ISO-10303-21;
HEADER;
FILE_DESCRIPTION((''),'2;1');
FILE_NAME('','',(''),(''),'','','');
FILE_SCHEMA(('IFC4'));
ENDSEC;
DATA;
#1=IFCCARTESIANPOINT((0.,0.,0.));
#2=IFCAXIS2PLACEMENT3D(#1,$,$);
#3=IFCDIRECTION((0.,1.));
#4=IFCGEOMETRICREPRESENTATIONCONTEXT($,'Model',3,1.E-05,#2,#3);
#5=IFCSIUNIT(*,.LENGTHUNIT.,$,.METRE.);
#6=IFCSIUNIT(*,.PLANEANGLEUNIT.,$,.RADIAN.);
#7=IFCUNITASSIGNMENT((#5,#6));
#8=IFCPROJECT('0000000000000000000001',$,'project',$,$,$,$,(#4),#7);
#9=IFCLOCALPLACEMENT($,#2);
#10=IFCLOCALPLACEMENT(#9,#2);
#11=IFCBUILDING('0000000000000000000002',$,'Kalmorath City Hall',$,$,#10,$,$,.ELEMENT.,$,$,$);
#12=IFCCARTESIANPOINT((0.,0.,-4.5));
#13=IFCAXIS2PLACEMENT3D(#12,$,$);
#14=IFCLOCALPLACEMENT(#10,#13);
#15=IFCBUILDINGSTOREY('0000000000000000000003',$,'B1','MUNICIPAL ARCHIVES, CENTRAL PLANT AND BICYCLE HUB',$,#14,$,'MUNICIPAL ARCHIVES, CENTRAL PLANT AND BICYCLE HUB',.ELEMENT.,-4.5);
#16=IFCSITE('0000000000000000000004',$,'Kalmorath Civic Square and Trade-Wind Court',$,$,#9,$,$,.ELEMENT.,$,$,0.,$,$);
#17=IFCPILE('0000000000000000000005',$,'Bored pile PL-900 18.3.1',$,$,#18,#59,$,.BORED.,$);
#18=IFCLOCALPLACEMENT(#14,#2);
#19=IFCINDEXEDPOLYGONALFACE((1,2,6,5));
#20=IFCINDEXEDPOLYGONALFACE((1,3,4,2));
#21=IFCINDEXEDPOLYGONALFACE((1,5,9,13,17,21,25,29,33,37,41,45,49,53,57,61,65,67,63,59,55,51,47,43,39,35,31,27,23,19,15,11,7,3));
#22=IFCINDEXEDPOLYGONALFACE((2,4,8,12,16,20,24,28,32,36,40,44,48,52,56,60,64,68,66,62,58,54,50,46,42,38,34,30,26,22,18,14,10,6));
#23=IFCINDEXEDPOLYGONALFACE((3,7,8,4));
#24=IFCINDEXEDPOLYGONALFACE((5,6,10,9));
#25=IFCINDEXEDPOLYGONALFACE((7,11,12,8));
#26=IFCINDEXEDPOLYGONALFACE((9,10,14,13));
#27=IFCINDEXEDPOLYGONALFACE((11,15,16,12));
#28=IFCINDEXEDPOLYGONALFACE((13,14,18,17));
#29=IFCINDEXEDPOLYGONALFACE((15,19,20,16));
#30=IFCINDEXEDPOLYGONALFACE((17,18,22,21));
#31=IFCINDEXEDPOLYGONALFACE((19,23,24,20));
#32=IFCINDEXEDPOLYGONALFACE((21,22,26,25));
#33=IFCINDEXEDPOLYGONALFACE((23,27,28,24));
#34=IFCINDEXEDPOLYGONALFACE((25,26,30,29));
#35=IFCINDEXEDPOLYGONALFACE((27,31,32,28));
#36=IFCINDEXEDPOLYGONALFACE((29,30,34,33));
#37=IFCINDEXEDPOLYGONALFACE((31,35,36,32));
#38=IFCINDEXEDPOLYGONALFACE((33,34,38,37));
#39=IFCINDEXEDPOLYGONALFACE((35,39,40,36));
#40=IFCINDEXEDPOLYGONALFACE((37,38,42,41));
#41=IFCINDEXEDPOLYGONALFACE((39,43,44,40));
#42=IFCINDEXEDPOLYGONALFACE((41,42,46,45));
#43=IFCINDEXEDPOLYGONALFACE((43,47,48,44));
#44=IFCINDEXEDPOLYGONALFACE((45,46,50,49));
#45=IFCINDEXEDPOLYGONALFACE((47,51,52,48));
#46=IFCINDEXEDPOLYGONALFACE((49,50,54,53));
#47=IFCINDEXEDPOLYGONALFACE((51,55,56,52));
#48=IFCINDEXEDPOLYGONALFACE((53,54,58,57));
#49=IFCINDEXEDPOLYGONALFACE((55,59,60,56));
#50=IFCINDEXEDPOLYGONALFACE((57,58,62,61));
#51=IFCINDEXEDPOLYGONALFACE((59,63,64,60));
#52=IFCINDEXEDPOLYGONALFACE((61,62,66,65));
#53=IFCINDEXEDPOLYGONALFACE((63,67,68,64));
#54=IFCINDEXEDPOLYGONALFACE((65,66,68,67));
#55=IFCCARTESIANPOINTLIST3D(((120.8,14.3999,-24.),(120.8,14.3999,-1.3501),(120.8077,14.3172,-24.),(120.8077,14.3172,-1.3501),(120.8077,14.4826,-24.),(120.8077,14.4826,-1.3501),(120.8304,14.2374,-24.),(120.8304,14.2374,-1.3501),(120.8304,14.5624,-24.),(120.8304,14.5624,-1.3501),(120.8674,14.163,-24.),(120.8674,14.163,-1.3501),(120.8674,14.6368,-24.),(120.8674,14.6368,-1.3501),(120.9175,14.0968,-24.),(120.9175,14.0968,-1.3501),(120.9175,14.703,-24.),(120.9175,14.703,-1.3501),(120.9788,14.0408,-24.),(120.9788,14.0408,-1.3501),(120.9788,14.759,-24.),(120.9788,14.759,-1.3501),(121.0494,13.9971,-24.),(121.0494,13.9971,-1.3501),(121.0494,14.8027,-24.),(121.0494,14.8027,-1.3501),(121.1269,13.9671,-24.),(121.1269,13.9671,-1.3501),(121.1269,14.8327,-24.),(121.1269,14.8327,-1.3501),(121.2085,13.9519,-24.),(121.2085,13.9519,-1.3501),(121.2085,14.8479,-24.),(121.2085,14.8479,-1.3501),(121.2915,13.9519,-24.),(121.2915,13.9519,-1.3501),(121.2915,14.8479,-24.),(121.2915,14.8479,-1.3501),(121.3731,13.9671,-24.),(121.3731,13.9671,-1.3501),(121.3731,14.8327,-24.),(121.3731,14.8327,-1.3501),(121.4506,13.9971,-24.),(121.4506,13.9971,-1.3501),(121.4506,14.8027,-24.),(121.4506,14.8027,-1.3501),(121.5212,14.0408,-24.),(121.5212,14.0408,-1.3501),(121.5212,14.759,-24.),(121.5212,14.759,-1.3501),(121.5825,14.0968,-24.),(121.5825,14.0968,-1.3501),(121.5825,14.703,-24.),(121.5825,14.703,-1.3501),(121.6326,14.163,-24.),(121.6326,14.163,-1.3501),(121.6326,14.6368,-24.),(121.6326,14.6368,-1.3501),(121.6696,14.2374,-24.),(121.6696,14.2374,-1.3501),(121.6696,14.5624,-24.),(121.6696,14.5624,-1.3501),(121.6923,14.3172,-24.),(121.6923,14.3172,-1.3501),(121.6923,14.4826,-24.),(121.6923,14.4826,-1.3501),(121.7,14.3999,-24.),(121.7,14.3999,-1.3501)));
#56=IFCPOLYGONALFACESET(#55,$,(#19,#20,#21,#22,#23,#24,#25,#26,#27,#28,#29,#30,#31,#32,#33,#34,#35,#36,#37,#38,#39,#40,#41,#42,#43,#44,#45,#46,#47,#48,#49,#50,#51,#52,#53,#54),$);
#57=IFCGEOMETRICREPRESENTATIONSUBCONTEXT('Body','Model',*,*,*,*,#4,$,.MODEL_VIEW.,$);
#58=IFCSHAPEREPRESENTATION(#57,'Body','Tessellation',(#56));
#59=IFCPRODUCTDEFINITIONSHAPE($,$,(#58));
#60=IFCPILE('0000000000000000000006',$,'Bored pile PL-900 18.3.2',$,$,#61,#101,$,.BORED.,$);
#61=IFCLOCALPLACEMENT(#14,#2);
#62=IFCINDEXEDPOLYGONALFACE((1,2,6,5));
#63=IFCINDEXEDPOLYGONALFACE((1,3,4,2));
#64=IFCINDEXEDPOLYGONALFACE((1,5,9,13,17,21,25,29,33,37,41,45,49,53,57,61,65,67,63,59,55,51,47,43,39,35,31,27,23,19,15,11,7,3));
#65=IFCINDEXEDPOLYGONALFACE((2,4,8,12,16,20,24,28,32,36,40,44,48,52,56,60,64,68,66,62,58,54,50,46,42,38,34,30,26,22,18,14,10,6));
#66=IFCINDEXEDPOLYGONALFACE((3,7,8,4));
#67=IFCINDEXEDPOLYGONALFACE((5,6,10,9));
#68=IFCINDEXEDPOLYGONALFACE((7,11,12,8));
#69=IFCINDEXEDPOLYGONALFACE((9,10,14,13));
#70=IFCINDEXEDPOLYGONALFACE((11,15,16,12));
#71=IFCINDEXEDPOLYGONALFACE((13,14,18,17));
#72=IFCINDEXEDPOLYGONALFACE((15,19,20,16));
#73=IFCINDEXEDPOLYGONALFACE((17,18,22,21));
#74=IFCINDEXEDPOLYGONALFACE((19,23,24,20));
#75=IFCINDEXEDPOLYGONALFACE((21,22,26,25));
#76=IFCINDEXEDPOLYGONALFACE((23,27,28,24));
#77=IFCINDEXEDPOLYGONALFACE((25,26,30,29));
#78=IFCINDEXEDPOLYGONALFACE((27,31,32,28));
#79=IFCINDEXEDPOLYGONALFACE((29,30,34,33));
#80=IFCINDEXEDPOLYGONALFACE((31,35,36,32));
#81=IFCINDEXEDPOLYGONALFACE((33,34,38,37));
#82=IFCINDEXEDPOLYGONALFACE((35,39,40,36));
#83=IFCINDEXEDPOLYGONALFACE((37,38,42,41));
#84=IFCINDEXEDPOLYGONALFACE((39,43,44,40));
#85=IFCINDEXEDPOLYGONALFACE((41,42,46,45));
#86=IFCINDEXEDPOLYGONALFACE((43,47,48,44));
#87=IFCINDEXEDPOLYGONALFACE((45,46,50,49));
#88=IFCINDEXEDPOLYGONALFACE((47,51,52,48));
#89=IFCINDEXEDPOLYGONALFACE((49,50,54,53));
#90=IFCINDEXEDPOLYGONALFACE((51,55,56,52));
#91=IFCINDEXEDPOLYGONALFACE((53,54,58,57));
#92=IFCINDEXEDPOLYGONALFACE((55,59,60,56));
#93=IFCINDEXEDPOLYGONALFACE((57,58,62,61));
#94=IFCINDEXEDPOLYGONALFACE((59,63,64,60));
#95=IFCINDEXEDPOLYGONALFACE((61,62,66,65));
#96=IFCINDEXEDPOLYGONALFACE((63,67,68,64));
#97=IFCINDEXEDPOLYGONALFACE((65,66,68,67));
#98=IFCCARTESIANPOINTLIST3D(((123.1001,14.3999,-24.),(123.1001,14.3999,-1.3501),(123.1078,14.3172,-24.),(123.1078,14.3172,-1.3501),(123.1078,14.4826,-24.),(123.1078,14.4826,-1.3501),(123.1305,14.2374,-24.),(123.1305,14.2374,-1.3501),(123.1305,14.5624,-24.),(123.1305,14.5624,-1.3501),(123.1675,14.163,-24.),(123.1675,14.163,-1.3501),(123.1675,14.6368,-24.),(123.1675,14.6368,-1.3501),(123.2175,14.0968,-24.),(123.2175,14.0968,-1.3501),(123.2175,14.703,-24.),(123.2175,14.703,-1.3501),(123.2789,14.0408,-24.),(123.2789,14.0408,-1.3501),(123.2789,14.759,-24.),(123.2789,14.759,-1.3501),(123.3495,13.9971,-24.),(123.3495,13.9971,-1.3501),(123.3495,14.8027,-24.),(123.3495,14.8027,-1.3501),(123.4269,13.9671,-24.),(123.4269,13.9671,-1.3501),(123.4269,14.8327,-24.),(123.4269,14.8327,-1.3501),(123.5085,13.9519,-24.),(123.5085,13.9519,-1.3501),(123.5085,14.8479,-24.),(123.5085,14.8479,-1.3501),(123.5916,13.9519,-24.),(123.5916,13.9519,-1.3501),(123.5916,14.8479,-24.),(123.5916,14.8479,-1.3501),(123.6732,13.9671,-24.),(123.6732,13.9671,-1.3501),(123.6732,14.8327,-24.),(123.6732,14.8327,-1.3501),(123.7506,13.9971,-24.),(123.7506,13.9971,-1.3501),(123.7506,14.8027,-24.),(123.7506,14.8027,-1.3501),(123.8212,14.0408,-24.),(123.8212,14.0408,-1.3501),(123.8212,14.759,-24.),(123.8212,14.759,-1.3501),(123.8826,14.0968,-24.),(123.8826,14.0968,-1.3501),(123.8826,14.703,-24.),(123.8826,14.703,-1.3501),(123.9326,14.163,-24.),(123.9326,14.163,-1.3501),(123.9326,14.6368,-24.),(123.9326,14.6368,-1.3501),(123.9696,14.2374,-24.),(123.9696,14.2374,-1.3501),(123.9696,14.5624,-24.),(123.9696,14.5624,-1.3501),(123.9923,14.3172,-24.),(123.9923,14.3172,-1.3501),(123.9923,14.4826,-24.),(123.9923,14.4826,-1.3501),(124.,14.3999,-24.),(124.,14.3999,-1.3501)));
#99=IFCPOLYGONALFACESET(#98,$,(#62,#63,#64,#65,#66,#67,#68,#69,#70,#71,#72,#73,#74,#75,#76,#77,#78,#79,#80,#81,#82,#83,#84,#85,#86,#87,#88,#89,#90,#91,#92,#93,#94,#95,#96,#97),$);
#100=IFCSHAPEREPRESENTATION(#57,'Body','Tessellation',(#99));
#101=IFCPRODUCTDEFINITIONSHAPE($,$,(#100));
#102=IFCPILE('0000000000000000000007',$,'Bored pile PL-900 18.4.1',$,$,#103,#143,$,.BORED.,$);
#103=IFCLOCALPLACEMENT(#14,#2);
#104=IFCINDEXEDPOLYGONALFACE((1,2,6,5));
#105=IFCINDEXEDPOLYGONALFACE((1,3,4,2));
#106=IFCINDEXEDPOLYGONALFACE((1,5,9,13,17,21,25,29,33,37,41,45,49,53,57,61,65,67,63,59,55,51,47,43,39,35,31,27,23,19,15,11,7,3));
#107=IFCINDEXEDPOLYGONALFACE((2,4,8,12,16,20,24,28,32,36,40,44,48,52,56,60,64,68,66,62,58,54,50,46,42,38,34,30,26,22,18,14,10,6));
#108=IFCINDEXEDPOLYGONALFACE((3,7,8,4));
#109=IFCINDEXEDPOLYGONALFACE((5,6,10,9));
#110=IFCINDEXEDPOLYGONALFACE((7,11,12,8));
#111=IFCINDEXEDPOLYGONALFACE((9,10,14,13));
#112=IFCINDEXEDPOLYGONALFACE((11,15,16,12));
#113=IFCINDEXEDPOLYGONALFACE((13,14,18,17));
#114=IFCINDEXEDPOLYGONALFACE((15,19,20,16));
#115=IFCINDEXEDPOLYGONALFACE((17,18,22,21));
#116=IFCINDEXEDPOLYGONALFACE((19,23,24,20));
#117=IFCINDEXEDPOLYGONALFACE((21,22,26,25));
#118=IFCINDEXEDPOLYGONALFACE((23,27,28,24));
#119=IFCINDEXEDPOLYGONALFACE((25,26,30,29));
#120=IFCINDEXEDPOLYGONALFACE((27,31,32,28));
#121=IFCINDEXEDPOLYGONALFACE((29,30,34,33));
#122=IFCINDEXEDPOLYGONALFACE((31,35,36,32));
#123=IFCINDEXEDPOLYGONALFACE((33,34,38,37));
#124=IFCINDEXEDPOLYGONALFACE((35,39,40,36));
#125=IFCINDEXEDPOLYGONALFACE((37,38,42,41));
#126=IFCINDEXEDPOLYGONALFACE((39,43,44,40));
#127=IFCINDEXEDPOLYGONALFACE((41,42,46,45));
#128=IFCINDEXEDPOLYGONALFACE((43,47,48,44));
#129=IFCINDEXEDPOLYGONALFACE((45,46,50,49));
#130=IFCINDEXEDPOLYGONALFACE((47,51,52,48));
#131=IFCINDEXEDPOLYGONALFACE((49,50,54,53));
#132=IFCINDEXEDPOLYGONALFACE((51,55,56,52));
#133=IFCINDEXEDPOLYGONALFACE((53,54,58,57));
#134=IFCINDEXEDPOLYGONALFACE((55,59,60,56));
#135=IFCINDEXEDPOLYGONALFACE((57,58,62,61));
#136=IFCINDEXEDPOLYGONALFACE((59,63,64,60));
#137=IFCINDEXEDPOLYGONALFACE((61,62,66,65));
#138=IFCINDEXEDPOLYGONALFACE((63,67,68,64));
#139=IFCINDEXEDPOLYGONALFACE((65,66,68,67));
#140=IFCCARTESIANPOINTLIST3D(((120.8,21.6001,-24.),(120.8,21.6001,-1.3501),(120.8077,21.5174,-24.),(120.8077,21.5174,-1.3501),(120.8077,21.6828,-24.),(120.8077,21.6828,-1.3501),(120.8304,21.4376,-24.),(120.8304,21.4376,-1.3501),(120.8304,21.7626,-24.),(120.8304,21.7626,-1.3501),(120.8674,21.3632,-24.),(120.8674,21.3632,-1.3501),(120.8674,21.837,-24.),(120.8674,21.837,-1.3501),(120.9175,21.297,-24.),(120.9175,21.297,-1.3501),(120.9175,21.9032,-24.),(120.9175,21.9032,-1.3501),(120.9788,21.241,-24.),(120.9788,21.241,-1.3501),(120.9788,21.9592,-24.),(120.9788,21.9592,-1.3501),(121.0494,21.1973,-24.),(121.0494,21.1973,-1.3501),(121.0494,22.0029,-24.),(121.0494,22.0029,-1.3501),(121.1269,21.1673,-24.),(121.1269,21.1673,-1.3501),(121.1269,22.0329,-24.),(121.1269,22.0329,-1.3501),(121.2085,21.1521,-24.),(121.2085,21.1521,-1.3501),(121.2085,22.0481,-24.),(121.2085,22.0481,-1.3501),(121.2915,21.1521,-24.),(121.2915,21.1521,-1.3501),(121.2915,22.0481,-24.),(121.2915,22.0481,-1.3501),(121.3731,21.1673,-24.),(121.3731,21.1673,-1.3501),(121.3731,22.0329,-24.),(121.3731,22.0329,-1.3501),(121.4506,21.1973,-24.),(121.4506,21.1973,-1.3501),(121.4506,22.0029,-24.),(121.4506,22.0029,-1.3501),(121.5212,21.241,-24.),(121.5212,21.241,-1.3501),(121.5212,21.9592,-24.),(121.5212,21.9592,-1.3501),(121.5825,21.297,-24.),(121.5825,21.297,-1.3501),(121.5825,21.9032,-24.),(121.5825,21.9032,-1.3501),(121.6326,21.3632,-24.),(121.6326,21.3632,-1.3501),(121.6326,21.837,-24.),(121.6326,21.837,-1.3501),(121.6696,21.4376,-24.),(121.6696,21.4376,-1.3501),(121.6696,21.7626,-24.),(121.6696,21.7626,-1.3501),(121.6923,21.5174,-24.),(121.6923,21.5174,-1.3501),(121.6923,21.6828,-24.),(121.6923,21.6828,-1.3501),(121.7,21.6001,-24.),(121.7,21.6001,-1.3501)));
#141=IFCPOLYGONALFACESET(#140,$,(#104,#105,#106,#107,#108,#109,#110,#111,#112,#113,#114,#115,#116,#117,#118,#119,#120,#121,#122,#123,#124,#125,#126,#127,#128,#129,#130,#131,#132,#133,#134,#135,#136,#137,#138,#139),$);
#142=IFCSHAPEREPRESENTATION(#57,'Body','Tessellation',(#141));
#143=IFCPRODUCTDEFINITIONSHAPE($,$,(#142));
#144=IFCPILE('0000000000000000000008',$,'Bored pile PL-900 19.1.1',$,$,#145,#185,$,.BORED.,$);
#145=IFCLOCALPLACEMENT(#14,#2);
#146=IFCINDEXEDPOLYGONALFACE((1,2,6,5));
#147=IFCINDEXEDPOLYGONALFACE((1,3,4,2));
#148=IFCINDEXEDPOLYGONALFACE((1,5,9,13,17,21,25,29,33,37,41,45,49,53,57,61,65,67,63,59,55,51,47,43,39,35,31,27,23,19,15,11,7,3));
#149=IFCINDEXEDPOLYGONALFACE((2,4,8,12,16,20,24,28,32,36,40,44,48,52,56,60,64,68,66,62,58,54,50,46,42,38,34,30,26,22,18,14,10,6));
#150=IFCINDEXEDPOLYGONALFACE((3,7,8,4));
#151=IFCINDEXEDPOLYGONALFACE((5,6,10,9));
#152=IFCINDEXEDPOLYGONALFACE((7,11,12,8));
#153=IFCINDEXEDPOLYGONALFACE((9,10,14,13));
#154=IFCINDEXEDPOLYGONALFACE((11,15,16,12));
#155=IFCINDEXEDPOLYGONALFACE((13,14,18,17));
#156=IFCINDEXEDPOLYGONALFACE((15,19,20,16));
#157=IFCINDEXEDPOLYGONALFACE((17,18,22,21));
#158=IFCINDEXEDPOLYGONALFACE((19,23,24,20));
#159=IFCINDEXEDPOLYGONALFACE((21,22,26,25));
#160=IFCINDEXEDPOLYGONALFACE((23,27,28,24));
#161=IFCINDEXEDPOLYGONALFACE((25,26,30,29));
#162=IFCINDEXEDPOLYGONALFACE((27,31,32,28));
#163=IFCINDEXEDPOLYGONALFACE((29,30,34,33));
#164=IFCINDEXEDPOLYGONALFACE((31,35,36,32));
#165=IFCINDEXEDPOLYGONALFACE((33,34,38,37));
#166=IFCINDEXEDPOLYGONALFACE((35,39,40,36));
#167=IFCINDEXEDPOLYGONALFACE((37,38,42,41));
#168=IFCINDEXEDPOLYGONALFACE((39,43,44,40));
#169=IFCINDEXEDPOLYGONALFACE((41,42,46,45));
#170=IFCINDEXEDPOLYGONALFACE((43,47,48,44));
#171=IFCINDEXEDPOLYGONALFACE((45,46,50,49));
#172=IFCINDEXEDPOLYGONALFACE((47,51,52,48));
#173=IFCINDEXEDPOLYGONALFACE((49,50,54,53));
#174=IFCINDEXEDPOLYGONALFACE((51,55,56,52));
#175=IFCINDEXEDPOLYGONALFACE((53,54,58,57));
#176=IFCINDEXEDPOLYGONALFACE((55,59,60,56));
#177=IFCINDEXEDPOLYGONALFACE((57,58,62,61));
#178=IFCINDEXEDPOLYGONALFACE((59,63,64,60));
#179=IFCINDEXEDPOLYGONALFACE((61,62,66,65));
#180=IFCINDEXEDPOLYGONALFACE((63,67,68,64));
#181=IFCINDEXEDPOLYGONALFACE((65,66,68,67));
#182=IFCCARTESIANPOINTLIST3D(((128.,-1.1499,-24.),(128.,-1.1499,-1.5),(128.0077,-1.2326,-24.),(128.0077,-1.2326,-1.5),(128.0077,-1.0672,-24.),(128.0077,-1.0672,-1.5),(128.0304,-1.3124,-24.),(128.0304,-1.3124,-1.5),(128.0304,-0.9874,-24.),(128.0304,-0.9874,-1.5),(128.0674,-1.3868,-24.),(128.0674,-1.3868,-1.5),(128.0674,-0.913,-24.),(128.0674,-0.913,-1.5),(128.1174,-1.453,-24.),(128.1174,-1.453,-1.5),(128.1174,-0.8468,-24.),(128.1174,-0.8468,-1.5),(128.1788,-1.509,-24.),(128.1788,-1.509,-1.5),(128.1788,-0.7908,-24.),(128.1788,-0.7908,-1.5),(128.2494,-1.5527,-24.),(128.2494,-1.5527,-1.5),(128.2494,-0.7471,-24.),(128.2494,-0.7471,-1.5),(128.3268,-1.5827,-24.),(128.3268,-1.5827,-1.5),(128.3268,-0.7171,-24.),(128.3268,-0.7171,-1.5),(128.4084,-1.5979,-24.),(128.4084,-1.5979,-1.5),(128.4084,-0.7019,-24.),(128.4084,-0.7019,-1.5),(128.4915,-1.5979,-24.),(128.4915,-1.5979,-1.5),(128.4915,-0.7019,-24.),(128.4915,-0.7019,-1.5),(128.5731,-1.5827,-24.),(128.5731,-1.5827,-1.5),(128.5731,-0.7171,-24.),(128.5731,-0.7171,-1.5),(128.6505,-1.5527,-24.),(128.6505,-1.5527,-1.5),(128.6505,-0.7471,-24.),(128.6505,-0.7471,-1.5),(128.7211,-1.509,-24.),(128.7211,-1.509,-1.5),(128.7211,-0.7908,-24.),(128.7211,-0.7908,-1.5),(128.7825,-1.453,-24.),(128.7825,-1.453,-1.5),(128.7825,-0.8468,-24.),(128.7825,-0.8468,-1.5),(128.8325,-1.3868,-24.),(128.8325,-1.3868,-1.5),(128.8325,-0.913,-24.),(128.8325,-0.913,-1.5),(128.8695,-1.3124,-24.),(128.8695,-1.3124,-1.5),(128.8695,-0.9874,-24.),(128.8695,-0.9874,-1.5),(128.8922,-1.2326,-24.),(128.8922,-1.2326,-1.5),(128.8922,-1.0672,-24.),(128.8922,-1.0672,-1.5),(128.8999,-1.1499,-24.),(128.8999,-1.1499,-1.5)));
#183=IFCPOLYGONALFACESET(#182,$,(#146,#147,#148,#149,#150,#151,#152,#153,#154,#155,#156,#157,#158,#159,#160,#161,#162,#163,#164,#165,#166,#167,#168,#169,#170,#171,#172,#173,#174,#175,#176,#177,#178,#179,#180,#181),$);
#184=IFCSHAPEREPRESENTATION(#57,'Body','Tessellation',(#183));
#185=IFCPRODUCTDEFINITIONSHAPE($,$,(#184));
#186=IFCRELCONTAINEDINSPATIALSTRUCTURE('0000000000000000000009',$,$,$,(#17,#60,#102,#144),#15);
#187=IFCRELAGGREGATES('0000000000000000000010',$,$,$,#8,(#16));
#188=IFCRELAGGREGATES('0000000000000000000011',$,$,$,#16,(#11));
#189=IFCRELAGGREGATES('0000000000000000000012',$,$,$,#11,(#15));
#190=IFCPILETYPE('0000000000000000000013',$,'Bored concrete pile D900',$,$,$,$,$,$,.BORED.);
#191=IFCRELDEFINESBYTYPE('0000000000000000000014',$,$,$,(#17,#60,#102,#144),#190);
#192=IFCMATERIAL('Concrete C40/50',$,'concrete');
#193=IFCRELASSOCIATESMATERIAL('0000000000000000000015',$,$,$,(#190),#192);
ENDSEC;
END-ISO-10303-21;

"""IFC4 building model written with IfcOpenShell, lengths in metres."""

from ifc_helpers import new_model, si_unit, direction, frame, origin, origin_2d, place, context, subcontext, project, spatial, circle, extrude, material, material_profile, profile_set, type_object, element, save


model = new_model("IFC4")

# Units and contexts
model_context = context("Model", 3, precision=1e-05, world=origin(), true_north=direction((0.0, 1.0)))
body_context = subcontext(model_context, "Body", "Model", "MODEL_VIEW")
ifc_project = project(units=[si_unit("LENGTHUNIT", "METRE"), si_unit("PLANEANGLEUNIT", "RADIAN")], contexts=[model_context])

# Site, building, storey
site_placement = place(None, origin())
site = spatial("IfcSite", under=ifc_project, at=site_placement, Name="Kalmorath Civic Square and Trade-Wind Court", CompositionType="ELEMENT", RefElevation=0.0)
building_placement = place(site_placement, origin())
building = spatial("IfcBuilding", under=site, at=building_placement, Name="Kalmorath City Hall", CompositionType="ELEMENT")
storey_placement = place(building_placement, frame((0.0, 0.0, -4.5)))
storey = spatial("IfcBuildingStorey", under=building, at=storey_placement, Name="B1", Description="MUNICIPAL ARCHIVES, CENTRAL PLANT AND BICYCLE HUB", LongName="MUNICIPAL ARCHIVES, CENTRAL PLANT AND BICYCLE HUB", CompositionType="ELEMENT", Elevation=-4.5)

# Piles
ifc_material_1 = material(Name="Concrete C40/50", Category="concrete")
ifc_material_profile_1 = material_profile(ifc_material_1, circle(Radius=0.45, at=origin_2d()), Name="PILE-D900")
ifc_profile_set_1 = profile_set([ifc_material_profile_1], Name="Concrete C40/50")
pile_type_1 = type_object("IfcPileType", Name="Bored concrete pile D900", PredefinedType="BORED", material=ifc_profile_set_1)
for number, where, z_axis, x_axis, name in (
    (1, (121.25, 14.3999, -1.3501), (0.0, 0.0, -1.0), (1.0, 0.0, 0.0), "Bored pile PL-900 18.3.1"),
    (2, (123.55, 14.3999, -1.3501), (0.0, 0.0, -1.0), (1.0, 0.0, 0.0), "Bored pile PL-900 18.3.2"),
    (3, (121.25, 21.6001, -1.3501), (0.0, 0.0, -1.0), (1.0, 0.0, 0.0), "Bored pile PL-900 18.4.1"),
):
    element("IfcPile", number, at=place(storey_placement, frame(where, z_axis=z_axis, x_axis=x_axis)), inside=storey, type_object=pile_type_1, Name=name, PredefinedType="BORED", context=body_context, shape_type="SweptSolid", body=[
        extrude(circle(Radius=0.45, at=origin_2d()), origin(), (0.0, 0.0, 1.0), 22.6499),
    ])
for number, where, z_axis, x_axis, name in (
    (4, (128.45, -1.1499, -1.5), (0.0, 0.0, -1.0), (1.0, 0.0, 0.0), "Bored pile PL-900 19.1.1"),
):
    element("IfcPile", number, at=place(storey_placement, frame(where, z_axis=z_axis, x_axis=x_axis)), inside=storey, type_object=pile_type_1, Name=name, PredefinedType="BORED", context=body_context, shape_type="SweptSolid", body=[
        extrude(circle(Radius=0.45, at=origin_2d()), origin(), (0.0, 0.0, 1.0), 22.5),
    ])

save(model, "model.ifc")
